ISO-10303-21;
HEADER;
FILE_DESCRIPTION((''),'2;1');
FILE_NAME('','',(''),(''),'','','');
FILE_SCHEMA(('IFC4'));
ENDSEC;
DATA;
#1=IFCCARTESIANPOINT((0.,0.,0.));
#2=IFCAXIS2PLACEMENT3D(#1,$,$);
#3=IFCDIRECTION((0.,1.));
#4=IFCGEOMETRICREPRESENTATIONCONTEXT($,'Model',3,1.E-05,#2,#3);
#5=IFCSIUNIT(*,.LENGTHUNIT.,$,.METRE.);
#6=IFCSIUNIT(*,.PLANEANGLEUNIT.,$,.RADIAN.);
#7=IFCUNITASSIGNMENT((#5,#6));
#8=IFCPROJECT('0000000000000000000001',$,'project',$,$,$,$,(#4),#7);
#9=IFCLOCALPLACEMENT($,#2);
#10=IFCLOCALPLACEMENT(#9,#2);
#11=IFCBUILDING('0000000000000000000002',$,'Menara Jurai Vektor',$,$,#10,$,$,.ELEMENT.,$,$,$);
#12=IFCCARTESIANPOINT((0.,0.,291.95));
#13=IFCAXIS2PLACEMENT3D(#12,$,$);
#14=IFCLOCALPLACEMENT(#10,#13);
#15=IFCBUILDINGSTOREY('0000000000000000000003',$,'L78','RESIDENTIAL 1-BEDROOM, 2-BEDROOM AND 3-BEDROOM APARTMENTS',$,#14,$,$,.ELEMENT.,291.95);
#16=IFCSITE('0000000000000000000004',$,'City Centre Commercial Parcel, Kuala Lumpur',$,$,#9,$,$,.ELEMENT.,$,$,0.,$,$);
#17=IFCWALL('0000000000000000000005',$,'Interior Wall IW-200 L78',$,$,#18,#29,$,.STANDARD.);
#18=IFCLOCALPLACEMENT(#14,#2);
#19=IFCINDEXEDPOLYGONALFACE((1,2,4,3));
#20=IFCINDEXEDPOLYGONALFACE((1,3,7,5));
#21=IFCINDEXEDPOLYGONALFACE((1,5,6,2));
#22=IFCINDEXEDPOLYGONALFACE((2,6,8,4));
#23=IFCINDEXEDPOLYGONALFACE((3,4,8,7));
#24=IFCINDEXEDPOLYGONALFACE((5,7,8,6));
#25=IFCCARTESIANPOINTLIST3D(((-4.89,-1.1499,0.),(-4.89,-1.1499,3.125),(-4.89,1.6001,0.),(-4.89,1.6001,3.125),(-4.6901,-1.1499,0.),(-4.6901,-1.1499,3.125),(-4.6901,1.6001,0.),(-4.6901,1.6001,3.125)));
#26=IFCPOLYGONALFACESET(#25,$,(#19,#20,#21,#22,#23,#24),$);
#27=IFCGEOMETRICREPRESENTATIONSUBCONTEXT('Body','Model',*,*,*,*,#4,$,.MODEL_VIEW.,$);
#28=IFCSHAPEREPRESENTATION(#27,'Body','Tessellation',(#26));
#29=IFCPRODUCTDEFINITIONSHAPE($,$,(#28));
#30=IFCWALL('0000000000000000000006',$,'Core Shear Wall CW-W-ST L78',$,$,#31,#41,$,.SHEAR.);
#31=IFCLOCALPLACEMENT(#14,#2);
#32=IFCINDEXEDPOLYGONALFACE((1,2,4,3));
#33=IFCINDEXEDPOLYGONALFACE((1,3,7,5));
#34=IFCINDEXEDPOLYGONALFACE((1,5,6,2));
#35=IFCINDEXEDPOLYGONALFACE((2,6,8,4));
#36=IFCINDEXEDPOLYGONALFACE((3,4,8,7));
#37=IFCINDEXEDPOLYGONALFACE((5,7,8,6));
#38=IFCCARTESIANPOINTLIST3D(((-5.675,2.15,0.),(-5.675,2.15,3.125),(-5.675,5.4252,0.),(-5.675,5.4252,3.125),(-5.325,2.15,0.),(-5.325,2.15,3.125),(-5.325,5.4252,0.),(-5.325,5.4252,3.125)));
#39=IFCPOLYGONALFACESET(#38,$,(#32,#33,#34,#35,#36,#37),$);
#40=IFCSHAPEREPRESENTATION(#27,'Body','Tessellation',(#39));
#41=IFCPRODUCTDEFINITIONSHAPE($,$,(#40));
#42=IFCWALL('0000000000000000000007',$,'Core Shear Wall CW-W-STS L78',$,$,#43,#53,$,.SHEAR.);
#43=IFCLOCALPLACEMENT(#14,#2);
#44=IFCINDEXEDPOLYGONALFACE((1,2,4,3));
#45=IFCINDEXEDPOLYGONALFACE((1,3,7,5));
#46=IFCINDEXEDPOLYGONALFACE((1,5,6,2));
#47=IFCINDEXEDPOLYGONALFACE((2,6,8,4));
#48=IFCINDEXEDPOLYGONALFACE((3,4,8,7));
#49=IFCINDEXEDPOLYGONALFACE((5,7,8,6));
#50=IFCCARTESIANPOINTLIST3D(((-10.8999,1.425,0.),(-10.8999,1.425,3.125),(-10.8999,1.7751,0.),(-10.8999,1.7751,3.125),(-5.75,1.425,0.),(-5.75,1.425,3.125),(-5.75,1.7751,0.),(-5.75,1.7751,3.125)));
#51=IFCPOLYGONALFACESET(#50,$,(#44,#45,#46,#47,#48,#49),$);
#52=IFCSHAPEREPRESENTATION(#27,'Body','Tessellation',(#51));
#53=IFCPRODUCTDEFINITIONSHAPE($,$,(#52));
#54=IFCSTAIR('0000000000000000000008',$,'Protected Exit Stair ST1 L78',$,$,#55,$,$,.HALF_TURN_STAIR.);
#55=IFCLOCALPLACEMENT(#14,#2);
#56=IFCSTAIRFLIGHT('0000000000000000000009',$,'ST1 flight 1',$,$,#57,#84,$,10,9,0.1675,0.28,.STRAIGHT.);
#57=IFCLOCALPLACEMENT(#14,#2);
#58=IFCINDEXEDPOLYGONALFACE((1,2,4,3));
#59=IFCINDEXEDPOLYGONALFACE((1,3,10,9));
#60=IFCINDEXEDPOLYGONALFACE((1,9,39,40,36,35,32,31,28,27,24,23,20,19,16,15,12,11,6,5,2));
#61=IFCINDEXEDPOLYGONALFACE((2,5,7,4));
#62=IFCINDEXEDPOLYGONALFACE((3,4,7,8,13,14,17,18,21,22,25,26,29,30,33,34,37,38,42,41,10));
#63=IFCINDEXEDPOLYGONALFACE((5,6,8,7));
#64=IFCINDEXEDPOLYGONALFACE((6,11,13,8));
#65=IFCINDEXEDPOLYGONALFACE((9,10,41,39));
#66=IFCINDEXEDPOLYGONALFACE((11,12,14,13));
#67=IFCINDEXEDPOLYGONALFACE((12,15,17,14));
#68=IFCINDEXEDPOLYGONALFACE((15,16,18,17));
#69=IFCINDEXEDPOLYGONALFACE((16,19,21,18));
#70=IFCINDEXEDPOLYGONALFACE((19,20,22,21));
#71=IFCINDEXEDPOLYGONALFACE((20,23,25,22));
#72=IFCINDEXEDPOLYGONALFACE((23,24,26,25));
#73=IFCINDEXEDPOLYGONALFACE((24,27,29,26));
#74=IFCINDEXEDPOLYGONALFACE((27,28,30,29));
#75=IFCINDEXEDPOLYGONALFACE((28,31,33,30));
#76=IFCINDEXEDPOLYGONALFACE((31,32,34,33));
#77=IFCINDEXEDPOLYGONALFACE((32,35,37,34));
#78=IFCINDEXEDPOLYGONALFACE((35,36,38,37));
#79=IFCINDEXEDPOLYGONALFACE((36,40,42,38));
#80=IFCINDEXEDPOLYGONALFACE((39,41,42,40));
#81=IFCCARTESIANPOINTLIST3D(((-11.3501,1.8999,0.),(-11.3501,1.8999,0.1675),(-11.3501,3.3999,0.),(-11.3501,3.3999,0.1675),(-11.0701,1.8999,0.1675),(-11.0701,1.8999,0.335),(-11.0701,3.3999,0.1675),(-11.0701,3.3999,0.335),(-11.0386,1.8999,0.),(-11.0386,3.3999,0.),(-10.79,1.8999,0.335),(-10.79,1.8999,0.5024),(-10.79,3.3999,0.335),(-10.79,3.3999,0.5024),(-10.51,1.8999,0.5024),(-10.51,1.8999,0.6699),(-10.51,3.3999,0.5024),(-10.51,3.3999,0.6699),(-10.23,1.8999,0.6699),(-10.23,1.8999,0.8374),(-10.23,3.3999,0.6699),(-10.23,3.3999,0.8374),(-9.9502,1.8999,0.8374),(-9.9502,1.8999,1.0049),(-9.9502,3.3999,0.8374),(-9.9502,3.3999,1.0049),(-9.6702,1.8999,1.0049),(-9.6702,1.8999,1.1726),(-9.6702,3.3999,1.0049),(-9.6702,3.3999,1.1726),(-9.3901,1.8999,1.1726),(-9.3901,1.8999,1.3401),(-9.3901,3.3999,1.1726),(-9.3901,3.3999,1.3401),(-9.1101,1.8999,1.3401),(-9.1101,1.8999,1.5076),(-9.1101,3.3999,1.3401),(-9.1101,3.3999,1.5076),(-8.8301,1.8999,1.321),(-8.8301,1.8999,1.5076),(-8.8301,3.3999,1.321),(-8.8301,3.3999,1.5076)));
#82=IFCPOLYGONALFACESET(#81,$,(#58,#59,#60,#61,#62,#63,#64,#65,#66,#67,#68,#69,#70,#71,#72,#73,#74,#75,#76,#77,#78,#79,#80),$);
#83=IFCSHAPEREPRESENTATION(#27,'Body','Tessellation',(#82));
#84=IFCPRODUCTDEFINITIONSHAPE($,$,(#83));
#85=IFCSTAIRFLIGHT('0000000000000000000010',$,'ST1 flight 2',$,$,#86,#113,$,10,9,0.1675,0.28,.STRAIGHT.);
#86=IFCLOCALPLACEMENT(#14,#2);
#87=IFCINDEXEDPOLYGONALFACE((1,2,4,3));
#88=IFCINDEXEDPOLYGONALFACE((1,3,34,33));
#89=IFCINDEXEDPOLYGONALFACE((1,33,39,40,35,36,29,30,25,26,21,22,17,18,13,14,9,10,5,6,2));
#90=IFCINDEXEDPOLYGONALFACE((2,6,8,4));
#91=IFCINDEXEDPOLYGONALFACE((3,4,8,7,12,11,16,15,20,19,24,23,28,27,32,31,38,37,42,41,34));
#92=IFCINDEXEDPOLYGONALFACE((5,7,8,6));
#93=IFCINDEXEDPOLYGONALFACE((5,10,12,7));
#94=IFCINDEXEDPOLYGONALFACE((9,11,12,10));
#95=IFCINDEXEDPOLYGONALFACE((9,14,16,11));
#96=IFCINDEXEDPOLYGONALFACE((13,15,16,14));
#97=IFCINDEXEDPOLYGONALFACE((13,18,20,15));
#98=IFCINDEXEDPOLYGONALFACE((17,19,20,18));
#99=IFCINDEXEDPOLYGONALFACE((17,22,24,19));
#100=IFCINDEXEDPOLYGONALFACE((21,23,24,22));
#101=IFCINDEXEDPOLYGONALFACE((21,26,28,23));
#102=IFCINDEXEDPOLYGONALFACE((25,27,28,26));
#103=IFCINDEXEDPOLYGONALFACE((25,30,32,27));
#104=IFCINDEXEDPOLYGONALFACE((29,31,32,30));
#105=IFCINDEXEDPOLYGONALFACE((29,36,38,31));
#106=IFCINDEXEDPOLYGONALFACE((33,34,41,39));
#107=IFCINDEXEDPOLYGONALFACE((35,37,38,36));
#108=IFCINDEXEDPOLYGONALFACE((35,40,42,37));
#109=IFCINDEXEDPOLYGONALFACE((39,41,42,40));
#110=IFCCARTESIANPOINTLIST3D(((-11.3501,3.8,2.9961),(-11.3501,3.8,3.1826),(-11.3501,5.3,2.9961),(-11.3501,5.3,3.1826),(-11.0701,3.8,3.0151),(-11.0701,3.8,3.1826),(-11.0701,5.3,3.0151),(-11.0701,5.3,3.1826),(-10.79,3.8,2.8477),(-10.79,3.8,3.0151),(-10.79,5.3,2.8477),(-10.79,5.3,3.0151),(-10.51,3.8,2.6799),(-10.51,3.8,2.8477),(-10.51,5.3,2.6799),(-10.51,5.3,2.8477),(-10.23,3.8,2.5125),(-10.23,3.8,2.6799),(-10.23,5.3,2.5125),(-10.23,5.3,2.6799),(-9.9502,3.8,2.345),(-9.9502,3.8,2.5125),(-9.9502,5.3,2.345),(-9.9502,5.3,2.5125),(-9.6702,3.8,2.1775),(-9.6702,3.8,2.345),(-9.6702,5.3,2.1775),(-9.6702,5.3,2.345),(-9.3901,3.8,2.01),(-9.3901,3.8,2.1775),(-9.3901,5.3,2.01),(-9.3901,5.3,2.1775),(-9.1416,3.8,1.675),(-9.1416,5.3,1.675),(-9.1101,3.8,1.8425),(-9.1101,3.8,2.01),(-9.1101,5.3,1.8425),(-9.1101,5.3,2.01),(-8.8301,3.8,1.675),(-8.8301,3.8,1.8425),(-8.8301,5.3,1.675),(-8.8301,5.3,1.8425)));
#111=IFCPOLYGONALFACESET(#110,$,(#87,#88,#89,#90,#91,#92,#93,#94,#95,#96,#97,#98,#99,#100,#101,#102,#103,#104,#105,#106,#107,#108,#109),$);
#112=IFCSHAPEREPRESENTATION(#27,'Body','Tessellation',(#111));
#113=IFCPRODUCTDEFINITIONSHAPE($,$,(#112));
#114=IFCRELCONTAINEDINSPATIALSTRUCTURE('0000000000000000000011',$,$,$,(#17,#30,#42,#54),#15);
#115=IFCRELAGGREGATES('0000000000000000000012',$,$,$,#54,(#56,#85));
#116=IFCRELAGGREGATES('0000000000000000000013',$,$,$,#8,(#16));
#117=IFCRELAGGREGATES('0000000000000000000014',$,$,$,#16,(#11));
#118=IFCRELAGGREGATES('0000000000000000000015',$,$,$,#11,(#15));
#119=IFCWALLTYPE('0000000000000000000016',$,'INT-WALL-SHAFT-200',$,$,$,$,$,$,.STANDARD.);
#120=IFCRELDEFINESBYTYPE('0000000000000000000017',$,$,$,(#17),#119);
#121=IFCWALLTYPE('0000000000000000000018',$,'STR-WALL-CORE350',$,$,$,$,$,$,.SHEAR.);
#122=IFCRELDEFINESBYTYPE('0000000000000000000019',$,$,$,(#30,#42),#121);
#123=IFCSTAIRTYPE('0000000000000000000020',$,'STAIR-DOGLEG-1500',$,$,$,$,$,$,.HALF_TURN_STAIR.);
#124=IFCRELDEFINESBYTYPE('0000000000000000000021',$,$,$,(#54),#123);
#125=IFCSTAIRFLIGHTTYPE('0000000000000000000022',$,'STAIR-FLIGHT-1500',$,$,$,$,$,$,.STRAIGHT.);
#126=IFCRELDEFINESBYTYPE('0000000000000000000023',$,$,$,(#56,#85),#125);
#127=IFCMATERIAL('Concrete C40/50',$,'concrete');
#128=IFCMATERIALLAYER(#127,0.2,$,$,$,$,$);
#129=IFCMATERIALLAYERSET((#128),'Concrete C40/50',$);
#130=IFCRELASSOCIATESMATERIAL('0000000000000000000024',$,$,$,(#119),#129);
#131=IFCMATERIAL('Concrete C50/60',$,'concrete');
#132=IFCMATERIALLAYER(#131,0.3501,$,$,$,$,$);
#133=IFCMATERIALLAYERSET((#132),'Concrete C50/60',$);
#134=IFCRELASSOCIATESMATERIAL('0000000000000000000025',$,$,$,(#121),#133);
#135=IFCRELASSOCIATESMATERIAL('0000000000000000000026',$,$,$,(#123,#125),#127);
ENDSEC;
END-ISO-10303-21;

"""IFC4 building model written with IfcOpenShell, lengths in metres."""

from ifc_helpers import new_model, si_unit, direction, frame, frame_2d, origin, place, context, subcontext, project, spatial, polyline, rectangle, outline, extrude, material, layer, layer_set, type_object, element, aggregate, save


model = new_model("IFC4")

# Units and contexts
model_context = context("Model", 3, precision=1e-05, world=origin(), true_north=direction((0.0, 1.0)))
body_context = subcontext(model_context, "Body", "Model", "MODEL_VIEW")
ifc_project = project(units=[si_unit("LENGTHUNIT", "METRE"), si_unit("PLANEANGLEUNIT", "RADIAN")], contexts=[model_context])

# Site, building, storey
site_placement = place(None, origin())
site = spatial("IfcSite", under=ifc_project, at=site_placement, Name="City Centre Commercial Parcel, Kuala Lumpur", CompositionType="ELEMENT", RefElevation=0.0)
building_placement = place(site_placement, origin())
building = spatial("IfcBuilding", under=site, at=building_placement, Name="Menara Jurai Vektor", CompositionType="ELEMENT")
storey_placement = place(building_placement, frame((0.0, 0.0, 291.95)))
storey = spatial("IfcBuildingStorey", under=building, at=storey_placement, Name="L78", Description="RESIDENTIAL 1-BEDROOM, 2-BEDROOM AND 3-BEDROOM APARTMENTS", CompositionType="ELEMENT", Elevation=291.95)

# Shared definitions
ifc_material_1 = material(Name="Concrete C50/60", Category="concrete")

# Shared definitions
ifc_material_2 = material(Name="Concrete C40/50", Category="concrete")

# Shared definitions
ifc_layer_1 = layer(ifc_material_2, 0.2)
ifc_layer_set_1 = layer_set([ifc_layer_1], Name="Concrete C40/50")
wall_type_1 = type_object("IfcWallType", Name="INT-WALL-SHAFT-200", PredefinedType="STANDARD", material=ifc_layer_set_1)

# Wall
wall_1_placement = place(storey_placement, frame((-4.79, -1.1499, 0.0), z_axis=(0.0, 0.0, 1.0), x_axis=(0.0, 1.0, 0.0)))
element("IfcWall", 1, at=wall_1_placement, inside=storey, type_object=wall_type_1, Name="Interior Wall IW-200 L78", PredefinedType="STANDARD", context=body_context, shape_type="SweptSolid", body=[
    extrude(rectangle(XDim=2.75, YDim=0.2, at=frame_2d((1.375, 0.0))), origin(), (0.0, 0.0, 1.0), 3.125),
])

# Walls
ifc_layer_2 = layer(ifc_material_1, 0.3501)
ifc_layer_set_2 = layer_set([ifc_layer_2], Name="Concrete C50/60")
wall_type_2 = type_object("IfcWallType", Name="STR-WALL-CORE350", PredefinedType="SHEAR", material=ifc_layer_set_2)
wall_2_placement = place(storey_placement, frame((-5.5, 2.1499, 0.0), z_axis=(0.0, 0.0, 1.0), x_axis=(0.0, 1.0, 0.0)))
element("IfcWall", 2, at=wall_2_placement, inside=storey, type_object=wall_type_2, Name="Core Shear Wall CW-W-ST L78", PredefinedType="SHEAR", context=body_context, shape_type="SweptSolid", body=[
    extrude(rectangle(XDim=3.2751, YDim=0.3501, at=frame_2d((1.6377, 0.0))), origin(), (0.0, 0.0, 1.0), 3.125),
])
wall_3_placement = place(storey_placement, frame((-10.8999, 1.6001, 0.0), z_axis=(0.0, 0.0, 1.0), x_axis=(1.0, 0.0, 0.0)))
element("IfcWall", 3, at=wall_3_placement, inside=storey, type_object=wall_type_2, Name="Core Shear Wall CW-W-STS L78", PredefinedType="SHEAR", context=body_context, shape_type="SweptSolid", body=[
    extrude(rectangle(XDim=5.1499, YDim=0.3501, at=frame_2d((2.575, 0.0))), origin(), (0.0, 0.0, 1.0), 3.125),
])

# Stair, stair flights
stair_type = type_object("IfcStairType", Name="STAIR-DOGLEG-1500", PredefinedType="HALF_TURN_STAIR", material=ifc_material_2)
stair_placement = place(storey_placement, origin())
stair = element("IfcStair", 4, at=stair_placement, inside=storey, type_object=stair_type, Name="Protected Exit Stair ST1 L78", PredefinedType="HALF_TURN_STAIR")
stair_flight_type = type_object("IfcStairFlightType", Name="STAIR-FLIGHT-1500", PredefinedType="STRAIGHT", material=ifc_material_2)
stair_flight_1_placement = place(storey_placement, frame((-11.3501, 2.6499, 0.0), z_axis=(0.0, 0.0, 1.0), x_axis=(1.0, 0.0, 0.0)))
stair_flight_1 = element("IfcStairFlight", 5, at=stair_flight_1_placement, type_object=stair_flight_type, Name="ST1 flight 1", NumberOfRisers=10, NumberOfTreads=9, PredefinedType="STRAIGHT", RiserHeight=0.1675, TreadLength=0.28, context=body_context, shape_type="SweptSolid", body=[
    extrude(outline(polyline([(0.0, 0.0), (0.0, 0.1675), (0.28, 0.1675), (0.28, 0.335), (0.5601, 0.335), (0.5601, 0.5024), (0.8401, 0.5024), (0.8401, 0.6699), (1.1201, 0.6699), (1.1201, 0.8374), (1.3999, 0.8374), (1.3999, 1.0049), (1.6799, 1.0049), (1.6799, 1.1726), (1.96, 1.1726), (1.96, 1.3401), (2.24, 1.3401), (2.24, 1.5076), (2.52, 1.5076), (2.52, 1.675), (2.52, 1.321), (0.3115, 0.0), (0.0, 0.0)])), frame((0.0, 0.75, 0.0), z_axis=(0.0, -1.0, 0.0), x_axis=(1.0, 0.0, 0.0)), (0.0, 0.0, 1.0), 1.5),
])
stair_flight_2_placement = place(storey_placement, frame((-8.8301, 4.55, 1.675), z_axis=(0.0, 0.0, 1.0), x_axis=(-1.0, 0.0, 0.0)))
stair_flight_2 = element("IfcStairFlight", 6, at=stair_flight_2_placement, type_object=stair_flight_type, Name="ST1 flight 2", NumberOfRisers=10, NumberOfTreads=9, PredefinedType="STRAIGHT", RiserHeight=0.1675, TreadLength=0.28, context=body_context, shape_type="SweptSolid", body=[
    extrude(outline(polyline([(0.0, 0.0), (0.0, 0.1675), (0.28, 0.1675), (0.28, 0.335), (0.5601, 0.335), (0.5601, 0.5024), (0.8401, 0.5024), (0.8401, 0.6699), (1.1201, 0.6699), (1.1201, 0.8374), (1.3999, 0.8374), (1.3999, 1.0049), (1.6799, 1.0049), (1.6799, 1.1726), (1.96, 1.1726), (1.96, 1.3401), (2.24, 1.3401), (2.24, 1.5076), (2.52, 1.5076), (2.52, 1.675), (2.52, 1.321), (0.3115, 0.0), (0.0, 0.0)])), frame((0.0, 0.75, 0.0), z_axis=(0.0, -1.0, 0.0), x_axis=(1.0, 0.0, 0.0)), (0.0, 0.0, 1.0), 1.5),
])
aggregate(stair, [stair_flight_1, stair_flight_2])

save(model, "model.ifc")
